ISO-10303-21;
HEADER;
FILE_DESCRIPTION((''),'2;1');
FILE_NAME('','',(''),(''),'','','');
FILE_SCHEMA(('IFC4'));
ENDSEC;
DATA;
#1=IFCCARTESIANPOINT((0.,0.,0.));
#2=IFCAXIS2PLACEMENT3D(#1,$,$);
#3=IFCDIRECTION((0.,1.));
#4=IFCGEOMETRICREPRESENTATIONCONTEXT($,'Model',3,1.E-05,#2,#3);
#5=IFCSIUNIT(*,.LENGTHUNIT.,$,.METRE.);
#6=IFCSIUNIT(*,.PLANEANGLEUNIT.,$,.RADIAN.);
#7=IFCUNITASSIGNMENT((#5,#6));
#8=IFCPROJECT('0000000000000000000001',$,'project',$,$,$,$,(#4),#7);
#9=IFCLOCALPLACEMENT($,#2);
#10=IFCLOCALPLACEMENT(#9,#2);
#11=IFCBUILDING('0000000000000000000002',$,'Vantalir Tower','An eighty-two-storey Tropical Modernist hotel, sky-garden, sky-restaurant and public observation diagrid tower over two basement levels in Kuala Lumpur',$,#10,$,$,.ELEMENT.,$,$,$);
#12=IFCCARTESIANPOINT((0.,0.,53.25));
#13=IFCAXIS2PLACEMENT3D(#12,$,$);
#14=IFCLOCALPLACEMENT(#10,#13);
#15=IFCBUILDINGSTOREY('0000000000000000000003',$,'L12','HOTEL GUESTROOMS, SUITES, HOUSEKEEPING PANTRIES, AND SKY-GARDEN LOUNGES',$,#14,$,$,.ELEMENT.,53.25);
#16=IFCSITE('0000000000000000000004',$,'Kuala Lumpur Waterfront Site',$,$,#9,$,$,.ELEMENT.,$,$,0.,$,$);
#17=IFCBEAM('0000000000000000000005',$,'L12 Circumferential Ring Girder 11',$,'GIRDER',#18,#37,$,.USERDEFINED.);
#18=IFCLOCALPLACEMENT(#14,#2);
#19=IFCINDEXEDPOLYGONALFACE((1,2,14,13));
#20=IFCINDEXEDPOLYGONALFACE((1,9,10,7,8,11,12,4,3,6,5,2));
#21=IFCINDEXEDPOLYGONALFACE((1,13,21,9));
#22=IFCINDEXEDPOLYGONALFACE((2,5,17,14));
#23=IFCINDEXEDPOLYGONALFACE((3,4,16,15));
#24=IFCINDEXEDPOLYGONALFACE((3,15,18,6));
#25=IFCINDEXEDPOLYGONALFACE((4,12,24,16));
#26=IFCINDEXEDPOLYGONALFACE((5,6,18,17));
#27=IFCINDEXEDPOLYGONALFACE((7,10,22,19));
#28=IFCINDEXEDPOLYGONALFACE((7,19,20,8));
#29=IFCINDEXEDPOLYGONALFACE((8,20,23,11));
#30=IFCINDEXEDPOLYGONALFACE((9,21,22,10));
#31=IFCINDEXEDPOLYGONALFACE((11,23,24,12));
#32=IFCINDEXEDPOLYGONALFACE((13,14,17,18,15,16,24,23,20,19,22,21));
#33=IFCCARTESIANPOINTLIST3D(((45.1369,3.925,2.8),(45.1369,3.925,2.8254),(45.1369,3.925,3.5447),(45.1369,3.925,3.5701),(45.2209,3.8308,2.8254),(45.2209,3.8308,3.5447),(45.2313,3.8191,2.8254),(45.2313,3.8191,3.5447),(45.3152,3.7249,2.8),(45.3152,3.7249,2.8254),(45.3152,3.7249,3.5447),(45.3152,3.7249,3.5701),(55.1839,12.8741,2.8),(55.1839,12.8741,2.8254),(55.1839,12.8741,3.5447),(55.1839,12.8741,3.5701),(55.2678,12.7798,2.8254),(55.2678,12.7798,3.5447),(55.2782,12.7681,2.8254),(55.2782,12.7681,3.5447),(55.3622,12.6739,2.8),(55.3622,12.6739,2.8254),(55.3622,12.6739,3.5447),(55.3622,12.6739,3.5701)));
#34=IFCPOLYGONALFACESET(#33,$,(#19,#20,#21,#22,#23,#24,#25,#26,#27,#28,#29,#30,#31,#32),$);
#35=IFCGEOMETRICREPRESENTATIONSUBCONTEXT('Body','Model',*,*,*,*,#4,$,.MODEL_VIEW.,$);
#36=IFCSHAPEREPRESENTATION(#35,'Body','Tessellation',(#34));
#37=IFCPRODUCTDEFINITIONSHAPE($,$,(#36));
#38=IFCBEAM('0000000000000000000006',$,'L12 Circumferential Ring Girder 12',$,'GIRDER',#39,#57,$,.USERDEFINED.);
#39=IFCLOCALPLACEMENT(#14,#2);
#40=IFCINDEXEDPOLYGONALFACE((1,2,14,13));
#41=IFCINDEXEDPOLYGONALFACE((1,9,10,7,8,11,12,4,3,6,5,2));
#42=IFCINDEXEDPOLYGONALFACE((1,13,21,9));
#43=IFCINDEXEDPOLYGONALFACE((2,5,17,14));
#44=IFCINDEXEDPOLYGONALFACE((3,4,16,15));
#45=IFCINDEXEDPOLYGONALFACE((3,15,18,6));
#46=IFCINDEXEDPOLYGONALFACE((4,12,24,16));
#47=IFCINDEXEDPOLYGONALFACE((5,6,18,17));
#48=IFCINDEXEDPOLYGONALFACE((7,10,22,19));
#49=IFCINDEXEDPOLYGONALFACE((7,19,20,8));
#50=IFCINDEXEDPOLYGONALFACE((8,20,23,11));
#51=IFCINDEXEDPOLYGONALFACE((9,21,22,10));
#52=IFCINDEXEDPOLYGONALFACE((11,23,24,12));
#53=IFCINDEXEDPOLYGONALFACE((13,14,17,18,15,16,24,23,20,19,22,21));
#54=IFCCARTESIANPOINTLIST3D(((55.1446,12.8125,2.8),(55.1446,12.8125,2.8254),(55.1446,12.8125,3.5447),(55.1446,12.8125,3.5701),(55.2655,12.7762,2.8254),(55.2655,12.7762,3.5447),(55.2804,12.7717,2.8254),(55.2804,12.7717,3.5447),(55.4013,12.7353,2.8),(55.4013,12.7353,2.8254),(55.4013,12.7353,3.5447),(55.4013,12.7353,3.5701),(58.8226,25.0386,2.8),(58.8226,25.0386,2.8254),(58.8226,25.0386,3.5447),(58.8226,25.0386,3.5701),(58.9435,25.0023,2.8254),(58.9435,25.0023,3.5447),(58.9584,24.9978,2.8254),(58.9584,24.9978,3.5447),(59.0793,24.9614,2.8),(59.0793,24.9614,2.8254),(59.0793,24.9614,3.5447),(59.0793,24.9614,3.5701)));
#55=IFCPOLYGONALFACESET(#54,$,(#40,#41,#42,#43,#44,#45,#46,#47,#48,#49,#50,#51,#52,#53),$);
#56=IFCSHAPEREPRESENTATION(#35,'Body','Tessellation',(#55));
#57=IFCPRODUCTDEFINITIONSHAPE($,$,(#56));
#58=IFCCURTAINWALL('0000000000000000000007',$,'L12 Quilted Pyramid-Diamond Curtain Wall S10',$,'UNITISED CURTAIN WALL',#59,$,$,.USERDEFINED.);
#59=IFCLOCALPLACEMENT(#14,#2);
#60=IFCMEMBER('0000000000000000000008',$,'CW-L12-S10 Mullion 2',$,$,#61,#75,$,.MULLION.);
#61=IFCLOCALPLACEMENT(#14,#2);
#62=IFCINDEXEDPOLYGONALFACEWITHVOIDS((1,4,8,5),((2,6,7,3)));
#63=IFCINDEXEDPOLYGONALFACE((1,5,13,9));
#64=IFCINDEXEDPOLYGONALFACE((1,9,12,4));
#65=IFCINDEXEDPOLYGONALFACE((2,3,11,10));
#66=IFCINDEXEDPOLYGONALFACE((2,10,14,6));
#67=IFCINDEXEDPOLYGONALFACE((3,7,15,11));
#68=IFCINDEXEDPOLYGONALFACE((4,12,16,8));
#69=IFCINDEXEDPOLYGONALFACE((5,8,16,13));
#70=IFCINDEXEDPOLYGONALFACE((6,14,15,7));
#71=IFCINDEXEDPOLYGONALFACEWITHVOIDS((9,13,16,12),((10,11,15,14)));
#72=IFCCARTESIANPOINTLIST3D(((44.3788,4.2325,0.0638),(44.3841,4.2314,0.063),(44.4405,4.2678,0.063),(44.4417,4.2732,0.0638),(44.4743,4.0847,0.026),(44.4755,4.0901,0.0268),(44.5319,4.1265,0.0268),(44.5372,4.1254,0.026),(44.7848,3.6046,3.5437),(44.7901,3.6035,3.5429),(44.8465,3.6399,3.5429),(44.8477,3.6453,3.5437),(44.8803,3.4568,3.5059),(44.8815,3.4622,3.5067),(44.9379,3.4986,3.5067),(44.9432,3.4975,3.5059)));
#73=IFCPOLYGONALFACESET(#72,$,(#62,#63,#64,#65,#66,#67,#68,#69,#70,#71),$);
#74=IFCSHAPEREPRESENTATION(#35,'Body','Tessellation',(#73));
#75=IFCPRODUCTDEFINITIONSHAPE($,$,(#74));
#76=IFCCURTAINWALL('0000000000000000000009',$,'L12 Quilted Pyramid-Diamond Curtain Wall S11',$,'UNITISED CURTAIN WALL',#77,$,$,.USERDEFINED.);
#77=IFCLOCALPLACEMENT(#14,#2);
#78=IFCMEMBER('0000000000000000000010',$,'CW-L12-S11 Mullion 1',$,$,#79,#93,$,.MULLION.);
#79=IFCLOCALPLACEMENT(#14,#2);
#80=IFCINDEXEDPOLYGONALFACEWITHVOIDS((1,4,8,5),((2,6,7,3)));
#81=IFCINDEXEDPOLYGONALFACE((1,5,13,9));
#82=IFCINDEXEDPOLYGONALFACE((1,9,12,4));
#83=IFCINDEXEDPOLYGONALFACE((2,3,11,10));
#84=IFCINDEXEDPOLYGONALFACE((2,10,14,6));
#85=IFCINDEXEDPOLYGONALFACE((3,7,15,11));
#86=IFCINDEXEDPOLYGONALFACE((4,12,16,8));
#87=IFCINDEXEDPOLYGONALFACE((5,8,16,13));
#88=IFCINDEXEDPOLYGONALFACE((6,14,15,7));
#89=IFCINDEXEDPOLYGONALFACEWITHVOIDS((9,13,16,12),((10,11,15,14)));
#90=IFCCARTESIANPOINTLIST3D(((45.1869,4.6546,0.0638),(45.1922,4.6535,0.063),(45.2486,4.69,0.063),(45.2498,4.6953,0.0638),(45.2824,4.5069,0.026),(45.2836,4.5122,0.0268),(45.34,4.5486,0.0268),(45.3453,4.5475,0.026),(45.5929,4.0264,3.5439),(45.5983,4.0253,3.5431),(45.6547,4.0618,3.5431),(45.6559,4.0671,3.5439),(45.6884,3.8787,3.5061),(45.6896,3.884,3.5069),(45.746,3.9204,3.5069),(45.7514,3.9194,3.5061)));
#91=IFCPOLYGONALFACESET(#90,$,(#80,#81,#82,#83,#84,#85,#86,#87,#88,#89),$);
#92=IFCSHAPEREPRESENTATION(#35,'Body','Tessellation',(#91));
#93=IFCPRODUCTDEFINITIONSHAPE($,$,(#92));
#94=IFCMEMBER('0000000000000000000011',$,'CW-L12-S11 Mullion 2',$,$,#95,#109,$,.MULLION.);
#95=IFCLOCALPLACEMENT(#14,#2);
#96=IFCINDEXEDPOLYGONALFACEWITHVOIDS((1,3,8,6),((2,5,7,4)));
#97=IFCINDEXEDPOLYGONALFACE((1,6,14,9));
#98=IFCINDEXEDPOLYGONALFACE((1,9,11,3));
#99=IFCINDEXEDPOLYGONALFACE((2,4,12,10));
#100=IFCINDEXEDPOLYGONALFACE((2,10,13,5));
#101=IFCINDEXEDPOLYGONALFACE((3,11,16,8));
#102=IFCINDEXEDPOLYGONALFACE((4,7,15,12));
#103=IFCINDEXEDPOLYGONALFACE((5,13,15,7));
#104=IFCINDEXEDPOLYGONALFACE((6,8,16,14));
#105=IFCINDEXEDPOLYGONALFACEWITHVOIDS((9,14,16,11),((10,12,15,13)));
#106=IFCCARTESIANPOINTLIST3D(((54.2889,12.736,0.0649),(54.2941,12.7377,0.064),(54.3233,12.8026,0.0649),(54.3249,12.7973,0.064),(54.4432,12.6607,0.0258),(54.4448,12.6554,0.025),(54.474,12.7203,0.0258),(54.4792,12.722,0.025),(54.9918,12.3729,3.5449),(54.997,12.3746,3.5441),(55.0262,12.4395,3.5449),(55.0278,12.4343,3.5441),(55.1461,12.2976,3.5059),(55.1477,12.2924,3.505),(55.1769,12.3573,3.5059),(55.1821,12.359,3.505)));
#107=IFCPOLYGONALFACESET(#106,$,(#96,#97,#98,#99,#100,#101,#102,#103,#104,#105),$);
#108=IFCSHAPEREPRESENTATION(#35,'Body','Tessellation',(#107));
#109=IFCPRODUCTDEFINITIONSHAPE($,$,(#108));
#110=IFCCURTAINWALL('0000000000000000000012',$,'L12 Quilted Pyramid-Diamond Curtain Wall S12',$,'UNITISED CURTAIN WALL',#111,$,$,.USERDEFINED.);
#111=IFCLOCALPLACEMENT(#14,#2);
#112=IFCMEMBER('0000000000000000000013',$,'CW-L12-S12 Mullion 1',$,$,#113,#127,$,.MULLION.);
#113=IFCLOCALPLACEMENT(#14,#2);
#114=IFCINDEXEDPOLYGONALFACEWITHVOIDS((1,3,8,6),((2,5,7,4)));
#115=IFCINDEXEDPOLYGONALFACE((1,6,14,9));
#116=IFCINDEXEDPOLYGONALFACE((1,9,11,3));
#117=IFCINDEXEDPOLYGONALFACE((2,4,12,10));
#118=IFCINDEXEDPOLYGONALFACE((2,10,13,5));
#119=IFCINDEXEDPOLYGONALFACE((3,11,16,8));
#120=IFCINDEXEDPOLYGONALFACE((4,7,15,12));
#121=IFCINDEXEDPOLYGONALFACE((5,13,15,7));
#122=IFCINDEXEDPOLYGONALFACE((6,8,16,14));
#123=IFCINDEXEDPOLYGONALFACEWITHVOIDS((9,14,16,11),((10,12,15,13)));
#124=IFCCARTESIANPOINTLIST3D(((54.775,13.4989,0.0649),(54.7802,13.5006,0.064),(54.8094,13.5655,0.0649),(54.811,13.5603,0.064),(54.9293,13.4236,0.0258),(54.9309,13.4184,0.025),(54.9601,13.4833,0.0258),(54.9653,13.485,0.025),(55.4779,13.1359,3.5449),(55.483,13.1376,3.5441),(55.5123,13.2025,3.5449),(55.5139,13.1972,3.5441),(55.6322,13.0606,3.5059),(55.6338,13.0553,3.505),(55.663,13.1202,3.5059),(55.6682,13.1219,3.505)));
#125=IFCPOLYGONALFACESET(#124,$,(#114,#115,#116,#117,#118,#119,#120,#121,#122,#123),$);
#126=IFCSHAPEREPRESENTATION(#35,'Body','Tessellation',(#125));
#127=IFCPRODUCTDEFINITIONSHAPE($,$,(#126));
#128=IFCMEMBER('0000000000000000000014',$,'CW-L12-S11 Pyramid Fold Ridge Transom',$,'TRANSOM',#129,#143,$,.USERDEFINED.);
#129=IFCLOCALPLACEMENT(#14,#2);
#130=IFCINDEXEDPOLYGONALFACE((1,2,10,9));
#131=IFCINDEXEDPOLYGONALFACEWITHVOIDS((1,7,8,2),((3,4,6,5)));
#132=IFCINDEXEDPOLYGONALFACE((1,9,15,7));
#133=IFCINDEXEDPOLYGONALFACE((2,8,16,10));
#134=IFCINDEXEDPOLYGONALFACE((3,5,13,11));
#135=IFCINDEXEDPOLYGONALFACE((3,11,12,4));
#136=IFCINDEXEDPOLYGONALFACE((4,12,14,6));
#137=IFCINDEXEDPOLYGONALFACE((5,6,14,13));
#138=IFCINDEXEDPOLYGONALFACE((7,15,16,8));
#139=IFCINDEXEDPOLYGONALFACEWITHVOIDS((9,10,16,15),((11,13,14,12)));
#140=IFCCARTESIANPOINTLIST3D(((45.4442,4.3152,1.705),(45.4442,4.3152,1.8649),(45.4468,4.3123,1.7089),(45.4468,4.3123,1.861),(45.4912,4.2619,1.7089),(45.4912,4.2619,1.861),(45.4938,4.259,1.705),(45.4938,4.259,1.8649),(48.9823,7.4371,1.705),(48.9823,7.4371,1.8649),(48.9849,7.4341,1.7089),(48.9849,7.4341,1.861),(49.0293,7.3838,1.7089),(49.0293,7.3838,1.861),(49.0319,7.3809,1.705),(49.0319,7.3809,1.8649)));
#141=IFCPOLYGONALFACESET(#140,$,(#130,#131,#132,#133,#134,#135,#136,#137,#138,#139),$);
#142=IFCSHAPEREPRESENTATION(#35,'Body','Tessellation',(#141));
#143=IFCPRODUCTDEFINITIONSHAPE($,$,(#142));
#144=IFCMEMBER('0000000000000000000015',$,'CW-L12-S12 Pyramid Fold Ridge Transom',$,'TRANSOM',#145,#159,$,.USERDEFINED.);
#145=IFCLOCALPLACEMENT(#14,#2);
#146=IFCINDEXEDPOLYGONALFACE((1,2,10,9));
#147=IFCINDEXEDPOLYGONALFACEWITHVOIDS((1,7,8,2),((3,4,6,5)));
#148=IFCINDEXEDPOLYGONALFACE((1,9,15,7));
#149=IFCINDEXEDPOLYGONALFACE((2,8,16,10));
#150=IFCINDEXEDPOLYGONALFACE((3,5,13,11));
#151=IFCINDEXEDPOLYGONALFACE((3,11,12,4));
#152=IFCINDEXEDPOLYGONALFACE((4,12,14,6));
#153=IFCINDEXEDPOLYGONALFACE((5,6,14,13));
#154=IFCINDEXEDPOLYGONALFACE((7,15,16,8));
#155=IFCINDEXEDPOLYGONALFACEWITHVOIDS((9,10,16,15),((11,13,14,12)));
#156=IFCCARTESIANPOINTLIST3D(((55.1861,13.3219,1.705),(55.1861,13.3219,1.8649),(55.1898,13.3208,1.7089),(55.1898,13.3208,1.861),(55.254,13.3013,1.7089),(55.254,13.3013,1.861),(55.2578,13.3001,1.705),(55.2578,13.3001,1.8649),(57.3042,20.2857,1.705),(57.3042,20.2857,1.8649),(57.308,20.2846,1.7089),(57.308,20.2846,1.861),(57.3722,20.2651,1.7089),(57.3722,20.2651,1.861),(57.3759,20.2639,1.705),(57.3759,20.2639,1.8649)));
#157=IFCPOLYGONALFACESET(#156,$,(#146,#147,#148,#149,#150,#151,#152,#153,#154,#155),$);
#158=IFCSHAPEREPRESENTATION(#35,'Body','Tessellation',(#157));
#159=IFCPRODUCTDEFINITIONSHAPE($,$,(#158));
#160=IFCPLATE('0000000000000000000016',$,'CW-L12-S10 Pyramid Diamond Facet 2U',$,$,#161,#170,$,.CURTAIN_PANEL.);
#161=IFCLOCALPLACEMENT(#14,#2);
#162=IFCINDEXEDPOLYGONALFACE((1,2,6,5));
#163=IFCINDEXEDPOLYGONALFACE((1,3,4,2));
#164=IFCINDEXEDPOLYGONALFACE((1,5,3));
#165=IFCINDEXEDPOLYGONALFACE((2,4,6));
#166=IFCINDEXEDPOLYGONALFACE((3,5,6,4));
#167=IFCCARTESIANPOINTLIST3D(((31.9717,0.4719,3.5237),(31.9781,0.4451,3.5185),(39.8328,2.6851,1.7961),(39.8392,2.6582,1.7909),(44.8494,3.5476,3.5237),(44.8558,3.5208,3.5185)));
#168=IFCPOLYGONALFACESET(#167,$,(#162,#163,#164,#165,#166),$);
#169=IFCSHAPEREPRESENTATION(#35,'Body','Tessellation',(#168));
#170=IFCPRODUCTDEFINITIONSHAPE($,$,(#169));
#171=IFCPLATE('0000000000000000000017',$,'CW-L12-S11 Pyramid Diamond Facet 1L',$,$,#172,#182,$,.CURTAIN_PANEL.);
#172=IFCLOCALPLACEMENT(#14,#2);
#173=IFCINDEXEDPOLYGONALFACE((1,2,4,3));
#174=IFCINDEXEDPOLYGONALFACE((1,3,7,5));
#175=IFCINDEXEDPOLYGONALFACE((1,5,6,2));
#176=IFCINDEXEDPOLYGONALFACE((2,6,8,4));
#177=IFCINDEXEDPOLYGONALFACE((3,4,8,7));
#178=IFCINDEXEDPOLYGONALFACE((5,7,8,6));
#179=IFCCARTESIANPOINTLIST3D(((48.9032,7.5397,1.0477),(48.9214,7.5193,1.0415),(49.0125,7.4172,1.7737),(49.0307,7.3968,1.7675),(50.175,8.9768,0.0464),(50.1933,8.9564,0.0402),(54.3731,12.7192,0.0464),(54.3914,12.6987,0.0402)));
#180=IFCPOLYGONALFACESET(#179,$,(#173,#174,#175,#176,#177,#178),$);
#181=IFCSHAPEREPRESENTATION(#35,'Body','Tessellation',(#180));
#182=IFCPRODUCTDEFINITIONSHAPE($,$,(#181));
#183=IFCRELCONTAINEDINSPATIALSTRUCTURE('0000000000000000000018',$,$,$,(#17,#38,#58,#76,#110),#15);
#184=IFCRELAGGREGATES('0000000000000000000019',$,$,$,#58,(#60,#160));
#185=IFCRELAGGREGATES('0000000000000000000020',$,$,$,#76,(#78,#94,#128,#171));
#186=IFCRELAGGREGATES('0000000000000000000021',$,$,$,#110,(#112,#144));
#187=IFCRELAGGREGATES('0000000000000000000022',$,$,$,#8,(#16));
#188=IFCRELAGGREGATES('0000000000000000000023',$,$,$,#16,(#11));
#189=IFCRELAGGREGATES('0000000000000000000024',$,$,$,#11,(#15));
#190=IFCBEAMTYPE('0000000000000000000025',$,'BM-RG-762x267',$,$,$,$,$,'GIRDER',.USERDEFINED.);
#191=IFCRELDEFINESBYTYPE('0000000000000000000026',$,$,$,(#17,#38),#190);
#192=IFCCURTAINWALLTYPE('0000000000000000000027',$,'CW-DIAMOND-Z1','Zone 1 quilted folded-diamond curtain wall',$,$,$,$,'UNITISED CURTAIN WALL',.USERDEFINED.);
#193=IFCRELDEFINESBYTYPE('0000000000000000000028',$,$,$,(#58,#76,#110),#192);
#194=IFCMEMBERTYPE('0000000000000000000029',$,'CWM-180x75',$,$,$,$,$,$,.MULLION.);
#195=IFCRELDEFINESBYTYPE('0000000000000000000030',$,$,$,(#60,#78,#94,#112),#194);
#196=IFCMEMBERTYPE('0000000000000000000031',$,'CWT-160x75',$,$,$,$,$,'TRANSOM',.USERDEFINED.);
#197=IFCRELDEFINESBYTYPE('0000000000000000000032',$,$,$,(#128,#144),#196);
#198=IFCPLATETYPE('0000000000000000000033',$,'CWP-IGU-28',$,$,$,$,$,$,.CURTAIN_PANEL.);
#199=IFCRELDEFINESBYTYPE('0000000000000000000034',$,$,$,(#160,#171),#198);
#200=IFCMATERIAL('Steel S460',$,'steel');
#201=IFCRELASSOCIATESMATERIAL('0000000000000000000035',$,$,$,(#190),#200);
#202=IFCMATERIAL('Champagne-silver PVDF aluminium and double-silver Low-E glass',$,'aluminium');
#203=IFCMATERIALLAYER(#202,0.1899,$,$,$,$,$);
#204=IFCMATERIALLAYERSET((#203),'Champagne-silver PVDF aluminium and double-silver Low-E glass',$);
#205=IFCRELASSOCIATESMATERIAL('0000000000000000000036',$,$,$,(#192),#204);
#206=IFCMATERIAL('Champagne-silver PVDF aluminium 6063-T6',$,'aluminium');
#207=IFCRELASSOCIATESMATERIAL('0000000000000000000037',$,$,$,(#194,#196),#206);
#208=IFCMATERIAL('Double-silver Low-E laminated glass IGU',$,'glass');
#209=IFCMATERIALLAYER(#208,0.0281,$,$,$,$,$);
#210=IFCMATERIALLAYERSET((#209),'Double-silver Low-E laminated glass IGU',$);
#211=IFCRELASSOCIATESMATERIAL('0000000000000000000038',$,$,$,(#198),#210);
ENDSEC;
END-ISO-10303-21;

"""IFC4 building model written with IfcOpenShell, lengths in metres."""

from ifc_helpers import new_model, si_unit, direction, frame, origin, origin_2d, place, context, subcontext, project, spatial, polyline, hollow_rectangle, i_section, outline, extrude, material, layer, layer_set, material_profile, profile_set, type_object, element, aggregate, save


model = new_model("IFC4")

# Units and contexts
model_context = context("Model", 3, precision=1e-05, world=origin(), true_north=direction((0.0, 1.0)))
body_context = subcontext(model_context, "Body", "Model", "MODEL_VIEW")
ifc_project = project(units=[si_unit("LENGTHUNIT", "METRE"), si_unit("PLANEANGLEUNIT", "RADIAN")], contexts=[model_context])

# Site, building, storey
site_placement = place(None, origin())
site = spatial("IfcSite", under=ifc_project, at=site_placement, Name="Kuala Lumpur Waterfront Site", CompositionType="ELEMENT", RefElevation=0.0)
building_placement = place(site_placement, origin())
building = spatial("IfcBuilding", under=site, at=building_placement, Name="Vantalir Tower", Description="An eighty-two-storey Tropical Modernist hotel, sky-garden, sky-restaurant and public observation diagrid tower over two basement levels in Kuala Lumpur", CompositionType="ELEMENT")
storey_placement = place(building_placement, frame((0.0, 0.0, 53.25)))
storey = spatial("IfcBuildingStorey", under=building, at=storey_placement, Name="L12", Description="HOTEL GUESTROOMS, SUITES, HOUSEKEEPING PANTRIES, AND SKY-GARDEN LOUNGES", CompositionType="ELEMENT", Elevation=53.25)

# Shared definitions
ifc_material_1 = material(Name="Steel S460", Category="steel")

# Beams
ifc_material_profile_1 = material_profile(ifc_material_1, i_section(OverallWidth=0.2681, OverallDepth=0.77, WebThickness=0.0156, FlangeThickness=0.0254, at=origin_2d()), Name="Steel S460")
ifc_profile_set_1 = profile_set([ifc_material_profile_1], Name="Steel S460")
beam_type_1 = type_object("IfcBeamType", Name="BM-RG-762x267", ElementType="GIRDER", PredefinedType="USERDEFINED", material=ifc_profile_set_1)
beam_1_placement = place(storey_placement, frame((45.2261, 3.825, 3.1851), z_axis=(0.746729, 0.665128, 0.0), x_axis=(-0.665128, 0.746729, 0.0)))
element("IfcBeam", 1, at=beam_1_placement, inside=storey, type_object=beam_type_1, Name="L12 Circumferential Ring Girder 11", ObjectType="GIRDER", PredefinedType="USERDEFINED", context=body_context, shape_type="SweptSolid", body=[
    extrude(i_section(OverallWidth=0.2681, OverallDepth=0.77, WebThickness=0.0156, FlangeThickness=0.0254, at=origin_2d()), origin(), (0.0, 0.0, 1.0), 13.4546),
])
beam_2_placement = place(storey_placement, frame((55.2729, 12.7739, 3.1851), z_axis=(0.288078, 0.957607, 0.0), x_axis=(-0.957607, 0.288078, 0.0)))
element("IfcBeam", 2, at=beam_2_placement, inside=storey, type_object=beam_type_1, Name="L12 Circumferential Ring Girder 12", ObjectType="GIRDER", PredefinedType="USERDEFINED", context=body_context, shape_type="SweptSolid", body=[
    extrude(i_section(OverallWidth=0.2681, OverallDepth=0.77, WebThickness=0.0156, FlangeThickness=0.0254, at=origin_2d()), origin(), (0.0, 0.0, 1.0), 12.7673),
])

# Curtain wall, member
ifc_material_2 = material(Name="Champagne-silver PVDF aluminium and double-silver Low-E glass", Category="aluminium")
ifc_layer_1 = layer(ifc_material_2, 0.1899)
ifc_layer_set_1 = layer_set([ifc_layer_1], Name="Champagne-silver PVDF aluminium and double-silver Low-E glass")
curtain_wall_type = type_object("IfcCurtainWallType", Name="CW-DIAMOND-Z1", Description="Zone 1 quilted folded-diamond curtain wall", ElementType="UNITISED CURTAIN WALL", PredefinedType="USERDEFINED", material=ifc_layer_set_1)
curtain_wall_1_placement = place(storey_placement, origin())
curtain_wall_1 = element("IfcCurtainWall", 3, at=curtain_wall_1_placement, inside=storey, type_object=curtain_wall_type, Name="L12 Quilted Pyramid-Diamond Curtain Wall S10", ObjectType="UNITISED CURTAIN WALL", PredefinedType="USERDEFINED")
ifc_material_3 = material(Name="Champagne-silver PVDF aluminium 6063-T6", Category="aluminium")
ifc_material_profile_2 = material_profile(ifc_material_3, hollow_rectangle(XDim=0.075, YDim=0.1799, WallThickness=0.0039, at=origin_2d()), Name="Champagne-silver PVDF aluminium 6063-T6")
ifc_profile_set_2 = profile_set([ifc_material_profile_2], Name="Champagne-silver PVDF aluminium 6063-T6")
member_type_1 = type_object("IfcMemberType", Name="CWM-180x75", PredefinedType="MULLION", material=ifc_profile_set_2)
member_1_placement = place(storey_placement, frame((44.458, 4.179, 0.0449), z_axis=(0.114065, -0.176414, 0.977685), x_axis=(0.839754, 0.542967, 0.0)))
member_1 = element("IfcMember", 4, at=member_1_placement, type_object=member_type_1, Name="CW-L12-S10 Mullion 2", PredefinedType="MULLION", context=body_context, shape_type="SweptSolid", body=[
    extrude(hollow_rectangle(XDim=0.075, YDim=0.1799, WallThickness=0.0039, at=origin_2d()), origin(), (0.0, 0.0, 1.0), 3.5593),
])

# Curtain wall, members
curtain_wall_2_placement = place(storey_placement, origin())
curtain_wall_2 = element("IfcCurtainWall", 5, at=curtain_wall_2_placement, inside=storey, type_object=curtain_wall_type, Name="L12 Quilted Pyramid-Diamond Curtain Wall S11", ObjectType="UNITISED CURTAIN WALL", PredefinedType="USERDEFINED")
member_2_placement = place(storey_placement, frame((45.2661, 4.6011, 0.0449), z_axis=(0.114064, -0.17648, 0.977673), x_axis=(0.83985, 0.542818, 0.0)))
member_2 = element("IfcMember", 6, at=member_2_placement, type_object=member_type_1, Name="CW-L12-S11 Mullion 1", PredefinedType="MULLION", context=body_context, shape_type="SweptSolid", body=[
    extrude(hollow_rectangle(XDim=0.075, YDim=0.1799, WallThickness=0.0039, at=origin_2d()), origin(), (0.0, 0.0, 1.0), 3.5596),
])
member_3_placement = place(storey_placement, frame((54.384, 12.729, 0.0449), z_axis=(0.196953, -0.101726, 0.975121), x_axis=(0.458902, 0.888487, 0.0)))
member_3 = element("IfcMember", 7, at=member_3_placement, type_object=member_type_1, Name="CW-L12-S11 Mullion 2", PredefinedType="MULLION", context=body_context, shape_type="SweptSolid", body=[
    extrude(hollow_rectangle(XDim=0.075, YDim=0.1799, WallThickness=0.0039, at=origin_2d()), origin(), (0.0, 0.0, 1.0), 3.5688),
])

# Curtain wall, member
curtain_wall_3_placement = place(storey_placement, origin())
curtain_wall_3 = element("IfcCurtainWall", 8, at=curtain_wall_3_placement, inside=storey, type_object=curtain_wall_type, Name="L12 Quilted Pyramid-Diamond Curtain Wall S12", ObjectType="UNITISED CURTAIN WALL", PredefinedType="USERDEFINED")
member_4_placement = place(storey_placement, frame((54.8701, 13.4919, 0.0449), z_axis=(0.196953, -0.101726, 0.975121), x_axis=(0.458902, 0.888487, 0.0)))
member_4 = element("IfcMember", 9, at=member_4_placement, type_object=member_type_1, Name="CW-L12-S12 Mullion 1", PredefinedType="MULLION", context=body_context, shape_type="SweptSolid", body=[
    extrude(hollow_rectangle(XDim=0.075, YDim=0.1799, WallThickness=0.0039, at=origin_2d()), origin(), (0.0, 0.0, 1.0), 3.5688),
])

# Members
ifc_material_profile_3 = material_profile(ifc_material_3, hollow_rectangle(XDim=0.075, YDim=0.1599, WallThickness=0.0039, at=origin_2d()), Name="Champagne-silver PVDF aluminium 6063-T6")
ifc_profile_set_3 = profile_set([ifc_material_profile_3], Name="Champagne-silver PVDF aluminium 6063-T6")
member_type_2 = type_object("IfcMemberType", Name="CWT-160x75", ElementType="TRANSOM", PredefinedType="USERDEFINED", material=ifc_profile_set_3)
member_5_placement = place(storey_placement, frame((45.469, 4.2871, 1.7849), z_axis=(0.749839, 0.66162, 0.0), x_axis=(-0.66162, 0.749839, 0.0)))
member_5 = element("IfcMember", 10, at=member_5_placement, type_object=member_type_2, Name="CW-L12-S11 Pyramid Fold Ridge Transom", ObjectType="TRANSOM", PredefinedType="USERDEFINED", context=body_context, shape_type="SweptSolid", body=[
    extrude(hollow_rectangle(XDim=0.075, YDim=0.1599, WallThickness=0.0039, at=origin_2d()), origin(), (0.0, 0.0, 1.0), 4.7185),
])
member_6_placement = place(storey_placement, frame((55.2219, 13.311, 1.7849), z_axis=(0.291001, 0.956723, 0.0), x_axis=(-0.956723, 0.291001, 0.0)))
member_6 = element("IfcMember", 11, at=member_6_placement, type_object=member_type_2, Name="CW-L12-S12 Pyramid Fold Ridge Transom", ObjectType="TRANSOM", PredefinedType="USERDEFINED", context=body_context, shape_type="SweptSolid", body=[
    extrude(hollow_rectangle(XDim=0.075, YDim=0.1599, WallThickness=0.0039, at=origin_2d()), origin(), (0.0, 0.0, 1.0), 7.2788),
])

# Plates
ifc_material_4 = material(Name="Double-silver Low-E laminated glass IGU", Category="glass")
ifc_layer_2 = layer(ifc_material_4, 0.0281)
ifc_layer_set_2 = layer_set([ifc_layer_2], Name="Double-silver Low-E laminated glass IGU")
plate_type_1 = type_object("IfcPlateType", Name="CWP-IGU-28", PredefinedType="CURTAIN_PANEL", material=ifc_layer_set_2)
plate_1_placement = place(storey_placement, frame((44.8494, 3.5476, 3.5237), z_axis=(-0.228265, 0.955731, 0.185669), x_axis=(-0.972643, -0.232304, 0.0)))
plate_1 = element("IfcPlate", 12, at=plate_1_placement, type_object=plate_type_1, Name="CW-L12-S10 Pyramid Diamond Facet 2U", PredefinedType="CURTAIN_PANEL", context=body_context, shape_type="SweptSolid", body=[
    extrude(outline(polyline([(0.0, 0.0), (13.2399, 0.0), (5.0797, -1.7581), (0.0, 0.0)])), origin(), (0.0, 0.0, -1.0), 0.0281),
])
aggregate(curtain_wall_1, [member_1, plate_1])
plate_2_placement = place(storey_placement, frame((50.175, 8.9768, 0.0464), z_axis=(-0.649047, 0.728083, 0.220528), x_axis=(0.746462, 0.665428, 0.000009)))
plate_2 = element("IfcPlate", 13, at=plate_2_placement, type_object=plate_type_1, Name="CW-L12-S11 Pyramid Diamond Facet 1L", PredefinedType="CURTAIN_PANEL", context=body_context, shape_type="SweptSolid", body=[
    extrude(outline(polyline([(0.0, 0.0), (5.624, 0.0), (-1.9056, -1.7709), (-1.9057, -1.0266), (0.0, 0.0)])), origin(), (0.0, 0.0, -1.0), 0.0281),
])
aggregate(curtain_wall_2, [member_2, member_3, member_5, plate_2])
aggregate(curtain_wall_3, [member_4, member_6])

save(model, "model.ifc")
